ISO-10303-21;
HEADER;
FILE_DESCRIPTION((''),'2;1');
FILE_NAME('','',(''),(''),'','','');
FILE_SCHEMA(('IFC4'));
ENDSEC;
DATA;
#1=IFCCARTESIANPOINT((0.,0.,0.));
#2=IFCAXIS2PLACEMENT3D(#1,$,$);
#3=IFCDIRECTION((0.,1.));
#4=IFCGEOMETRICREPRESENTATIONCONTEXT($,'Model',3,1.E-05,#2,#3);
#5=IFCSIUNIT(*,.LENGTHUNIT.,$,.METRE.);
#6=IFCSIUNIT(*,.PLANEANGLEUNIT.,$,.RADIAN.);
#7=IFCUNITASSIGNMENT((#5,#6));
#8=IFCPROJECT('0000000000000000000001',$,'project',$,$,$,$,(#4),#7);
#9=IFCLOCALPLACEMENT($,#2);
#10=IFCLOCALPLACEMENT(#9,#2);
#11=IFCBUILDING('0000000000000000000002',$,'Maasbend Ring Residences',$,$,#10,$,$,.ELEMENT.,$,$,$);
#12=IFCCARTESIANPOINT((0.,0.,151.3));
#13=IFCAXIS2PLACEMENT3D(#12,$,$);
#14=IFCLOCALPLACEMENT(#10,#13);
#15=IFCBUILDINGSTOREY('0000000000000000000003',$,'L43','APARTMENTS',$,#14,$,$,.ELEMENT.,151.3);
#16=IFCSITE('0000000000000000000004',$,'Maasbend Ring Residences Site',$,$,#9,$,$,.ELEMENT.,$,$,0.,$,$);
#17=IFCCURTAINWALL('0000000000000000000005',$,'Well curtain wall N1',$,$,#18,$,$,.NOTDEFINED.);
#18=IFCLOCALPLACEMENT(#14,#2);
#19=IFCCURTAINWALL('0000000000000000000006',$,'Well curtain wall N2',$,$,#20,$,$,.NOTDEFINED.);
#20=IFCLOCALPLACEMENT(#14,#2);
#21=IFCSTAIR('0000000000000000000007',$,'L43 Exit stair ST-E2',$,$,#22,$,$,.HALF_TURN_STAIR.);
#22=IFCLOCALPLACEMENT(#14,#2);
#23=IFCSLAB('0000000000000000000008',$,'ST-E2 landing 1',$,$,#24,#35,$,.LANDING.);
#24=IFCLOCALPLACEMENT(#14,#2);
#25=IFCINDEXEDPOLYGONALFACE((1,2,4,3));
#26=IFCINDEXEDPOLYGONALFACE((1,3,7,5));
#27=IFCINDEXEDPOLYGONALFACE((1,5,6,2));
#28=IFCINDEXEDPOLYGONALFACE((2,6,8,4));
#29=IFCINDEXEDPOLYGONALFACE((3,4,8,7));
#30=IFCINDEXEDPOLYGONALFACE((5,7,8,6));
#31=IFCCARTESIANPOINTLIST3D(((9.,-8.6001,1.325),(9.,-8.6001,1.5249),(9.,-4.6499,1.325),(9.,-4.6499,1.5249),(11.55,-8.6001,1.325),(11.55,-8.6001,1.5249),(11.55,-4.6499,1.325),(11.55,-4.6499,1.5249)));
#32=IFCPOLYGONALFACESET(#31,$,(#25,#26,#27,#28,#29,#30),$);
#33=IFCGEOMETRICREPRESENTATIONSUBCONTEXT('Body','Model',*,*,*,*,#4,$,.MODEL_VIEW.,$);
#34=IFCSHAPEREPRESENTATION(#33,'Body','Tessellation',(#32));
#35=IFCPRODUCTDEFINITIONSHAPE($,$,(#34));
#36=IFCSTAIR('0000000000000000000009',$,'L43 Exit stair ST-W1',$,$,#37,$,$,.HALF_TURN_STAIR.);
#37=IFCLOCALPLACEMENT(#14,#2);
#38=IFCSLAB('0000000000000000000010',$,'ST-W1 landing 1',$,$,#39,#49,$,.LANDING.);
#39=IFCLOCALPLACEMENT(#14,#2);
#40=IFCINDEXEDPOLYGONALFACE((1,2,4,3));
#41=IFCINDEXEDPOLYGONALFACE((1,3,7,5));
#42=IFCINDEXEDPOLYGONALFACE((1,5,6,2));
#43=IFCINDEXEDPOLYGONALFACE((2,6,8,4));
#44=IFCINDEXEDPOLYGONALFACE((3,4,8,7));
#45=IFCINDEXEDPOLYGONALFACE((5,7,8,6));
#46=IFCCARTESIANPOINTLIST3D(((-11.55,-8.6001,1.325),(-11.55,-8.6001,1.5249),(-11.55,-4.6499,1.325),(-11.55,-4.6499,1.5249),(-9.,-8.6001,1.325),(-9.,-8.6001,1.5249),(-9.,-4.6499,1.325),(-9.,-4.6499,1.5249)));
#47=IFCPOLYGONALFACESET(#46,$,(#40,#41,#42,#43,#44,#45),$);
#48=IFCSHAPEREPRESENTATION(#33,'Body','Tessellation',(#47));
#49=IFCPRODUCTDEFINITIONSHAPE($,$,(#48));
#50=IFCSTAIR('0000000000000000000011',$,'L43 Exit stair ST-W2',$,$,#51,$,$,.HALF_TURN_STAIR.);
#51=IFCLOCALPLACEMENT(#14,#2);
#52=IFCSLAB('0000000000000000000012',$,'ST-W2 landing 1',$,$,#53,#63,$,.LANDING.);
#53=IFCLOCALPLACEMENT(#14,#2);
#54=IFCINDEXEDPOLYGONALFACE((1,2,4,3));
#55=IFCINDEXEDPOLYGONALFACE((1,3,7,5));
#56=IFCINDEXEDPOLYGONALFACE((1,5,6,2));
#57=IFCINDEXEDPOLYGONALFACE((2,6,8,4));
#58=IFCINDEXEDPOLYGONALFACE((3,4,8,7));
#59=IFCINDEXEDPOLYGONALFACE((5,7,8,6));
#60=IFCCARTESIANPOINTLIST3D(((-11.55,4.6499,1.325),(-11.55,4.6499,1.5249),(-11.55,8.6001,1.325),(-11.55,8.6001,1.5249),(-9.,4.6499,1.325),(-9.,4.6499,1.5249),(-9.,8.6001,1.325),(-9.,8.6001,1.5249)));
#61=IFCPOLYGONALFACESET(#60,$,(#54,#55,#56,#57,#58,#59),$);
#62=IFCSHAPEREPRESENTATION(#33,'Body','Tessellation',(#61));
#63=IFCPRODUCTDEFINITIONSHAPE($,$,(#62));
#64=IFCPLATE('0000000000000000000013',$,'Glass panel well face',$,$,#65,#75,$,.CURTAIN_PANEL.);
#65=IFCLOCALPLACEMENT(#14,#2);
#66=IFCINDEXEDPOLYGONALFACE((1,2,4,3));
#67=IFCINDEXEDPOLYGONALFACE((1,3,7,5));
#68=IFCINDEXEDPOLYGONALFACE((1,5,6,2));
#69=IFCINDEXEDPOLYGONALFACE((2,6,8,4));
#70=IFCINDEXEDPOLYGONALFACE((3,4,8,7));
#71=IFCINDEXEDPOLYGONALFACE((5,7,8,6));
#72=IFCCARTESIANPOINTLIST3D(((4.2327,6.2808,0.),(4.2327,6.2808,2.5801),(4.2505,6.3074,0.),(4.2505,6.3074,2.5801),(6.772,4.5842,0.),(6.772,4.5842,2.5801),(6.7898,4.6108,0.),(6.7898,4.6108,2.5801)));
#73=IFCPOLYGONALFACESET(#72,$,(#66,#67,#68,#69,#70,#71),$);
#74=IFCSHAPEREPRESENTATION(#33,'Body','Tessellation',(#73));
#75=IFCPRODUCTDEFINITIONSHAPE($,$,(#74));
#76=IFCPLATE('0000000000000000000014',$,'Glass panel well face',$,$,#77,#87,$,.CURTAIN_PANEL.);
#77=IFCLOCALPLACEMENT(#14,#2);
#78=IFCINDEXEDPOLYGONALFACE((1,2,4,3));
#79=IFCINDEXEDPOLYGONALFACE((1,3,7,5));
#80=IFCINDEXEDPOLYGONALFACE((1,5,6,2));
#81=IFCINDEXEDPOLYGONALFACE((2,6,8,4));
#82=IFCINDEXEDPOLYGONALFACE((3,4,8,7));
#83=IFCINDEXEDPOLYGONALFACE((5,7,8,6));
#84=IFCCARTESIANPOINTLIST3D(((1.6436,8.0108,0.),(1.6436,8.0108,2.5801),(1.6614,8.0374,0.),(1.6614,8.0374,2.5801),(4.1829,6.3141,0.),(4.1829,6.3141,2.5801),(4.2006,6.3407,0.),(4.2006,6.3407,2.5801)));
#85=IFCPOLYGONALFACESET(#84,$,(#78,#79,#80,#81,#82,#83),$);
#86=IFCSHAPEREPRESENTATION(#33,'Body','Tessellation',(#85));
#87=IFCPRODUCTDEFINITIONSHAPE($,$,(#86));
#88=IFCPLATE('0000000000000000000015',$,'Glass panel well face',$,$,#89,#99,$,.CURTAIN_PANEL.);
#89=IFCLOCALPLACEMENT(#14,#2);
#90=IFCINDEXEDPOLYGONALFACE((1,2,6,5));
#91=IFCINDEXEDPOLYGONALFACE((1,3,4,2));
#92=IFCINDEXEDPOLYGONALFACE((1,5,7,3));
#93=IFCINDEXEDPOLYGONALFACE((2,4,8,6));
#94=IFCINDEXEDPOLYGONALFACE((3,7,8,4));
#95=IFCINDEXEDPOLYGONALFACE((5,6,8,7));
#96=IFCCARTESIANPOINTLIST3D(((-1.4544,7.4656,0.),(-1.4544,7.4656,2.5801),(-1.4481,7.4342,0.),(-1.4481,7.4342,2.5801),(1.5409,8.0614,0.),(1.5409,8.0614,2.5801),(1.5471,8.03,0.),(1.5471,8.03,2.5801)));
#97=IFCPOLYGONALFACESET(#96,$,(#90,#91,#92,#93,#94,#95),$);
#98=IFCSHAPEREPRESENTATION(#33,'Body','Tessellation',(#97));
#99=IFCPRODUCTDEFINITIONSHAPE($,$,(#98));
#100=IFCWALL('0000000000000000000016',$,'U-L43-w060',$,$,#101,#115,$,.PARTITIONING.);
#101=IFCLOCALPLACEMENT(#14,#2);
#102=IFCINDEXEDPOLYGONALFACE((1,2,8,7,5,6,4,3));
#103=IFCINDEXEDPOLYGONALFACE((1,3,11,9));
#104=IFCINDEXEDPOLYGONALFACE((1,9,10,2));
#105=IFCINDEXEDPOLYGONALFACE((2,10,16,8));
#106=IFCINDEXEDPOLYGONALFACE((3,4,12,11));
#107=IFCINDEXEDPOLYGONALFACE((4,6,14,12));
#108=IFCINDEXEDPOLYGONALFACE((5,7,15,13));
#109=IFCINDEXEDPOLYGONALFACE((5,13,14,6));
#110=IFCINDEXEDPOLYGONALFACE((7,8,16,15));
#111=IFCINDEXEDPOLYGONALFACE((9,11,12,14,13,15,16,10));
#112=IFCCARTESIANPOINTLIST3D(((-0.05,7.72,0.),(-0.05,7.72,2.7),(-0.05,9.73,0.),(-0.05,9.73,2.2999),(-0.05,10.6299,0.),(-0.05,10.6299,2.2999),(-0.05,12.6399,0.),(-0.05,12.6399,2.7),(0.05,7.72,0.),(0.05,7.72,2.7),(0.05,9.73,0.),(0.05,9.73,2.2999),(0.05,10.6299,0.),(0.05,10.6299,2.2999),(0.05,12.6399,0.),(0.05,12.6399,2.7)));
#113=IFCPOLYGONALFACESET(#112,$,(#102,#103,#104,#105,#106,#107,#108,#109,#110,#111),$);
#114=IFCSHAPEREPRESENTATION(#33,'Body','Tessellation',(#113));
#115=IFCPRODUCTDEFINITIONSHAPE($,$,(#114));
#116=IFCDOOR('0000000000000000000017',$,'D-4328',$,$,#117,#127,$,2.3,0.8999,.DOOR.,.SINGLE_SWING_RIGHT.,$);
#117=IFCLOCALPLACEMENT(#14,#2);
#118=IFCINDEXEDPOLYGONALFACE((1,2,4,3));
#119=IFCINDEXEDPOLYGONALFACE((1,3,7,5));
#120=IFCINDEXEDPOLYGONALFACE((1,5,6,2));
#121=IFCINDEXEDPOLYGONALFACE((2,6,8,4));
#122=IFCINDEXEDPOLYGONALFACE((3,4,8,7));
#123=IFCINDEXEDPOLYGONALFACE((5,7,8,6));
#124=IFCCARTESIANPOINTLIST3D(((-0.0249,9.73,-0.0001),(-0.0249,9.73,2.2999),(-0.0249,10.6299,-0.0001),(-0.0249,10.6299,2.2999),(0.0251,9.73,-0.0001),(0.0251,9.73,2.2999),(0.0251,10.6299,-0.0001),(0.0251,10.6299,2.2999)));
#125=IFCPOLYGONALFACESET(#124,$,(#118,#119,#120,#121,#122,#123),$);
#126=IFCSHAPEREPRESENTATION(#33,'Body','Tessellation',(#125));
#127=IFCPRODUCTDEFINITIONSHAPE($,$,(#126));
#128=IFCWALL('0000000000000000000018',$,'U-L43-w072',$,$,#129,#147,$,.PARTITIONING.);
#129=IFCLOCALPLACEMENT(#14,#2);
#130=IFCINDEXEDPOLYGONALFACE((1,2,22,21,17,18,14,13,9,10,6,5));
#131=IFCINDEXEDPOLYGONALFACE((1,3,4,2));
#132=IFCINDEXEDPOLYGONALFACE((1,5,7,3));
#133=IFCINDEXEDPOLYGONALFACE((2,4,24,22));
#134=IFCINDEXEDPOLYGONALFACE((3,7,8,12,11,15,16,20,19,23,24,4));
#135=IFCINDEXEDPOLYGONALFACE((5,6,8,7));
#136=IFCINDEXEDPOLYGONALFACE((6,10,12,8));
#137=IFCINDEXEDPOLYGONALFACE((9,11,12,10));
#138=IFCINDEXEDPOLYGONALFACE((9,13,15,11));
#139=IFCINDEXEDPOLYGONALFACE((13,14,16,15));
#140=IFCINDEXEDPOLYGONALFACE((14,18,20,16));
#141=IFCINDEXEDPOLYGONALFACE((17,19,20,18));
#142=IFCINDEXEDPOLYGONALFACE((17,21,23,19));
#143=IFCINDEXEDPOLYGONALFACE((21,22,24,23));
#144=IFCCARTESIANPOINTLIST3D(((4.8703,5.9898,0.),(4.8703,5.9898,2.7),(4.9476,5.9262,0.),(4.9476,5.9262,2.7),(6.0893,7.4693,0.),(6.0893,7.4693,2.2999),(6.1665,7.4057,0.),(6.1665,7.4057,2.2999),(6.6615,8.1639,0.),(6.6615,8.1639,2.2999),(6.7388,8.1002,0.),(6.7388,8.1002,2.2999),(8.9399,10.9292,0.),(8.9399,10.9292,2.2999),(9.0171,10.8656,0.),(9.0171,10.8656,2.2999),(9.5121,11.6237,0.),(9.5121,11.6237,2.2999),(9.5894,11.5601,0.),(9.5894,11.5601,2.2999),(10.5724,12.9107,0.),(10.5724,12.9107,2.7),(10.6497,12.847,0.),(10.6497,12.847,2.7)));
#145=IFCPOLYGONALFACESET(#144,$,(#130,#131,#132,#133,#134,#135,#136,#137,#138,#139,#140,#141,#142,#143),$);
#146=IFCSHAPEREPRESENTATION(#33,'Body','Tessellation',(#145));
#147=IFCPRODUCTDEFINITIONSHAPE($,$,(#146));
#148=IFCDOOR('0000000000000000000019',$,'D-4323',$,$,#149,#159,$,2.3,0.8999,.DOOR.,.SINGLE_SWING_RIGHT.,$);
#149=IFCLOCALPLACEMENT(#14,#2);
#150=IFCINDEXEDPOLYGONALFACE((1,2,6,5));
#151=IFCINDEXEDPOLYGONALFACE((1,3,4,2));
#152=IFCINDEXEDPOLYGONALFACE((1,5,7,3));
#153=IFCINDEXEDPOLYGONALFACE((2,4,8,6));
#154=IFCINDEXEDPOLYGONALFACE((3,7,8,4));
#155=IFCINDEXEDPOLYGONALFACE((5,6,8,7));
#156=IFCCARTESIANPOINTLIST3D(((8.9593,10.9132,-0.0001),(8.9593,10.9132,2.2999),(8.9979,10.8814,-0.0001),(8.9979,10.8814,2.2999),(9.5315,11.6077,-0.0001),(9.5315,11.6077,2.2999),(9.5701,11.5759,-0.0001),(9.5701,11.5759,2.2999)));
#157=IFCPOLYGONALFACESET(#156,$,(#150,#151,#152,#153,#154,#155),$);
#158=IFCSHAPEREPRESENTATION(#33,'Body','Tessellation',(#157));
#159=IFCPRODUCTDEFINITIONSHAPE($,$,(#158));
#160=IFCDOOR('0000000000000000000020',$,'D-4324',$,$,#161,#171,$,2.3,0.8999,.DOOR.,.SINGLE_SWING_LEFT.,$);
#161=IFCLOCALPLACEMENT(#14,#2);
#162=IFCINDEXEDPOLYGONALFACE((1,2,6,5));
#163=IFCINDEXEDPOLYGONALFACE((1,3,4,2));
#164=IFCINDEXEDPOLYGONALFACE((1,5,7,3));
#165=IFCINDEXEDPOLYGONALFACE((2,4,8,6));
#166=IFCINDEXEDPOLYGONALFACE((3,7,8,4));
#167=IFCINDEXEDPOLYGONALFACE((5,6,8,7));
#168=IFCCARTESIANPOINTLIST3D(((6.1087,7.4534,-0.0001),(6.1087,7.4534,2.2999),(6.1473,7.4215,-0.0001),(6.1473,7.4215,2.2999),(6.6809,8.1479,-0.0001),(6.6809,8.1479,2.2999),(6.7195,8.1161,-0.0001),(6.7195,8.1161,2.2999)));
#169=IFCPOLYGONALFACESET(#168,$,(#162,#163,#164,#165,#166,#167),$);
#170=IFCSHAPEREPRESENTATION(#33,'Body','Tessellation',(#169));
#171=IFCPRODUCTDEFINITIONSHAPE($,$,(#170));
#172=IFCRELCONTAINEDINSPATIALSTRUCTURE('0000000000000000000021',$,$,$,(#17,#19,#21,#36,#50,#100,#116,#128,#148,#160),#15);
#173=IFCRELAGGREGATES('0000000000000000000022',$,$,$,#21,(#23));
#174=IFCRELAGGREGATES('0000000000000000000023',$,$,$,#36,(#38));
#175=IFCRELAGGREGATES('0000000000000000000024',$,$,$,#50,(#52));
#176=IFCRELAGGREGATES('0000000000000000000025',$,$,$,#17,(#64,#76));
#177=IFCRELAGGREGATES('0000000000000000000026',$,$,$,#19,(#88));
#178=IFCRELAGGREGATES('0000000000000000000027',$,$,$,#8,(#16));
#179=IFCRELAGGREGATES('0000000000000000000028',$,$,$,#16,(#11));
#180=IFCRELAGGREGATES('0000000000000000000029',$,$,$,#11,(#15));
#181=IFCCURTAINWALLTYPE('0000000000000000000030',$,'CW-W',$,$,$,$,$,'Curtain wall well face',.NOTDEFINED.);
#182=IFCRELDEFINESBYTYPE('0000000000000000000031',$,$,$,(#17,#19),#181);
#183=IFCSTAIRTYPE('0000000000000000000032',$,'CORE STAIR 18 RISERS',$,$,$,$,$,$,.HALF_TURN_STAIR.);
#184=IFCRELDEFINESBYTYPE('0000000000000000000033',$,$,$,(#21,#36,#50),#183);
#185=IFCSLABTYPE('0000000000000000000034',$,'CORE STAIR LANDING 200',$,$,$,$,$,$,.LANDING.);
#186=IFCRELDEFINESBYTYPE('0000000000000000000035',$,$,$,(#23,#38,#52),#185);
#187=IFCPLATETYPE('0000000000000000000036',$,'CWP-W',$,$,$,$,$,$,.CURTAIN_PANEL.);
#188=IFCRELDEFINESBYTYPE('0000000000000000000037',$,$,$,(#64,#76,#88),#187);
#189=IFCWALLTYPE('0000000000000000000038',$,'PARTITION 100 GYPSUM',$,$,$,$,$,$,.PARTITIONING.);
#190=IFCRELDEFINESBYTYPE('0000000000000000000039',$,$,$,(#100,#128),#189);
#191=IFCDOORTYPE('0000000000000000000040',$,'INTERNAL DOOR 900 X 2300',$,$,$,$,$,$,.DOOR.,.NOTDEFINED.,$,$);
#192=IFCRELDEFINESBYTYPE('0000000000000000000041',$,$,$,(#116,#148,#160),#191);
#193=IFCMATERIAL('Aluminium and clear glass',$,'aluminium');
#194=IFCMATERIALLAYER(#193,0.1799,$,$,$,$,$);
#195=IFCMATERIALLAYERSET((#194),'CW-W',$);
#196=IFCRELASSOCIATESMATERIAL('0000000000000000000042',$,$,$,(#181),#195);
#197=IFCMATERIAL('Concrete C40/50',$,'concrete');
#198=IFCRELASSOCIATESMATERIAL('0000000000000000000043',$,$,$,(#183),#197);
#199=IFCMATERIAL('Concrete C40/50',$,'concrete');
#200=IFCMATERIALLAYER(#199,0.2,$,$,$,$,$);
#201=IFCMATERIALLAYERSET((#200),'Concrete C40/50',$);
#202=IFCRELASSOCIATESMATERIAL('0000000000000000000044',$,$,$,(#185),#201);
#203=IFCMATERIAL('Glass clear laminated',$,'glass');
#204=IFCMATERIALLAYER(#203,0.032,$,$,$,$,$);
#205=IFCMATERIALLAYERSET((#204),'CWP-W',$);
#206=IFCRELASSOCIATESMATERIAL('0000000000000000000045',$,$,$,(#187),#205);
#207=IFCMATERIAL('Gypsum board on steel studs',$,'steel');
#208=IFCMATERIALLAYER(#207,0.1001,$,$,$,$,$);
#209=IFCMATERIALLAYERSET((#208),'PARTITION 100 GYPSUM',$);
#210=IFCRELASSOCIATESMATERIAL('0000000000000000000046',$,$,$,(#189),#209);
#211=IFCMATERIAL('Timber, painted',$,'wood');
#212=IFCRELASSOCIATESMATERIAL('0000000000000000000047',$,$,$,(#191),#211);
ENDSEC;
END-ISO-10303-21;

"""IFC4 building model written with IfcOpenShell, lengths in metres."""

from ifc_helpers import new_model, si_unit, direction, frame, frame_2d, origin, origin_2d, place, context, subcontext, project, spatial, polyline, rectangle, outline, extrude, material, layer, layer_set, type_object, element, fill, aggregate, save


model = new_model("IFC4")

# Units and contexts
model_context = context("Model", 3, precision=1e-05, world=origin(), true_north=direction((0.0, 1.0)))
body_context = subcontext(model_context, "Body", "Model", "MODEL_VIEW")
ifc_project = project(units=[si_unit("LENGTHUNIT", "METRE"), si_unit("PLANEANGLEUNIT", "RADIAN")], contexts=[model_context])

# Site, building, storey
site_placement = place(None, origin())
site = spatial("IfcSite", under=ifc_project, at=site_placement, Name="Maasbend Ring Residences Site", CompositionType="ELEMENT", RefElevation=0.0)
building_placement = place(site_placement, origin())
building = spatial("IfcBuilding", under=site, at=building_placement, Name="Maasbend Ring Residences", CompositionType="ELEMENT")
storey_placement = place(building_placement, frame((0.0, 0.0, 151.3)))
storey = spatial("IfcBuildingStorey", under=building, at=storey_placement, Name="L43", Description="APARTMENTS", CompositionType="ELEMENT", Elevation=151.3)

# Curtain wall
ifc_material_1 = material(Name="Aluminium and clear glass", Category="aluminium")
ifc_layer_1 = layer(ifc_material_1, 0.1799)
ifc_layer_set_1 = layer_set([ifc_layer_1], Name="CW-W")
curtain_wall_type = type_object("IfcCurtainWallType", Name="CW-W", ElementType="Curtain wall well face", PredefinedType="NOTDEFINED", material=ifc_layer_set_1)
curtain_wall_1_placement = place(storey_placement, origin())
curtain_wall_1 = element("IfcCurtainWall", 1, at=curtain_wall_1_placement, inside=storey, type_object=curtain_wall_type, Name="Well curtain wall N1", PredefinedType="NOTDEFINED")

# Curtain wall
curtain_wall_2_placement = place(storey_placement, origin())
curtain_wall_2 = element("IfcCurtainWall", 2, at=curtain_wall_2_placement, inside=storey, type_object=curtain_wall_type, Name="Well curtain wall N2", PredefinedType="NOTDEFINED")

# Stairs, slabs
ifc_material_2 = material(Name="Concrete C40/50", Category="concrete")
stair_type = type_object("IfcStairType", Name="CORE STAIR 18 RISERS", PredefinedType="HALF_TURN_STAIR", material=ifc_material_2)
ifc_material_3 = material(Name="Concrete C40/50", Category="concrete")
ifc_layer_2 = layer(ifc_material_3, 0.2)
ifc_layer_set_2 = layer_set([ifc_layer_2], Name="Concrete C40/50")
slab_type = type_object("IfcSlabType", Name="CORE STAIR LANDING 200", PredefinedType="LANDING", material=ifc_layer_set_2)
stair_1_placement = place(storey_placement, origin())
stair_1 = element("IfcStair", 3, at=stair_1_placement, inside=storey, type_object=stair_type, Name="L43 Exit stair ST-E2", PredefinedType="HALF_TURN_STAIR")
slab_1_placement = place(storey_placement, frame((0.0, 0.0, 1.325)))
slab_1 = element("IfcSlab", 4, at=slab_1_placement, type_object=slab_type, Name="ST-E2 landing 1", PredefinedType="LANDING", context=body_context, shape_type="SweptSolid", body=[
    extrude(outline(polyline([(11.55, -4.6499), (9.0, -4.6499), (9.0, -8.6001), (11.55, -8.6001), (11.55, -4.6499)])), origin(), (0.0, 0.0, 1.0), 0.2),
])
aggregate(stair_1, [slab_1])
stair_2_placement = place(storey_placement, origin())
stair_2 = element("IfcStair", 5, at=stair_2_placement, inside=storey, type_object=stair_type, Name="L43 Exit stair ST-W1", PredefinedType="HALF_TURN_STAIR")
slab_2_placement = place(storey_placement, frame((0.0, 0.0, 1.325)))
slab_2 = element("IfcSlab", 6, at=slab_2_placement, type_object=slab_type, Name="ST-W1 landing 1", PredefinedType="LANDING", context=body_context, shape_type="SweptSolid", body=[
    extrude(outline(polyline([(-11.55, -8.6001), (-9.0, -8.6001), (-9.0, -4.6499), (-11.55, -4.6499), (-11.55, -8.6001)])), origin(), (0.0, 0.0, 1.0), 0.2),
])
aggregate(stair_2, [slab_2])
stair_3_placement = place(storey_placement, origin())
stair_3 = element("IfcStair", 7, at=stair_3_placement, inside=storey, type_object=stair_type, Name="L43 Exit stair ST-W2", PredefinedType="HALF_TURN_STAIR")
slab_3_placement = place(storey_placement, frame((0.0, 0.0, 1.325)))
slab_3 = element("IfcSlab", 8, at=slab_3_placement, type_object=slab_type, Name="ST-W2 landing 1", PredefinedType="LANDING", context=body_context, shape_type="SweptSolid", body=[
    extrude(outline(polyline([(-11.55, 4.6499), (-9.0, 4.6499), (-9.0, 8.6001), (-11.55, 8.6001), (-11.55, 4.6499)])), origin(), (0.0, 0.0, 1.0), 0.2),
])
aggregate(stair_3, [slab_3])

# Plates
ifc_material_4 = material(Name="Glass clear laminated", Category="glass")
ifc_layer_3 = layer(ifc_material_4, 0.032)
ifc_layer_set_3 = layer_set([ifc_layer_3], Name="CWP-W")
plate_type = type_object("IfcPlateType", Name="CWP-W", PredefinedType="CURTAIN_PANEL", material=ifc_layer_set_3)
plate_1_placement = place(storey_placement, frame((5.5112, 5.4458, 0.0), z_axis=(0.0, 0.0, 1.0), x_axis=(-0.83147, 0.55557, 0.0)))
plate_1 = element("IfcPlate", 9, at=plate_1_placement, type_object=plate_type, Name="Glass panel well face", PredefinedType="CURTAIN_PANEL", context=body_context, shape_type="SweptSolid", body=[
    extrude(rectangle(XDim=3.054, YDim=0.032, at=origin_2d()), origin(), (0.0, 0.0, 1.0), 2.5801),
])
plate_2_placement = place(storey_placement, frame((2.9221, 7.1758, 0.0), z_axis=(0.0, 0.0, 1.0), x_axis=(-0.83147, 0.55557, 0.0)))
plate_2 = element("IfcPlate", 10, at=plate_2_placement, type_object=plate_type, Name="Glass panel well face", PredefinedType="CURTAIN_PANEL", context=body_context, shape_type="SweptSolid", body=[
    extrude(rectangle(XDim=3.054, YDim=0.032, at=origin_2d()), origin(), (0.0, 0.0, 1.0), 2.5801),
])
aggregate(curtain_wall_1, [plate_1, plate_2])
plate_3_placement = place(storey_placement, frame((0.0464, 7.7478, 0.0), z_axis=(0.0, 0.0, 1.0), x_axis=(-0.980785, -0.19509, 0.0)))
plate_3 = element("IfcPlate", 11, at=plate_3_placement, type_object=plate_type, Name="Glass panel well face", PredefinedType="CURTAIN_PANEL", context=body_context, shape_type="SweptSolid", body=[
    extrude(rectangle(XDim=3.054, YDim=0.032, at=origin_2d()), origin(), (0.0, 0.0, 1.0), 2.5801),
])
aggregate(curtain_wall_2, [plate_3])

# Wall, opening, door
ifc_material_5 = material(Name="Gypsum board on steel studs", Category="steel")
ifc_layer_4 = layer(ifc_material_5, 0.1001)
ifc_layer_set_4 = layer_set([ifc_layer_4], Name="PARTITION 100 GYPSUM")
wall_type_1 = type_object("IfcWallType", Name="PARTITION 100 GYPSUM", PredefinedType="PARTITIONING", material=ifc_layer_set_4)
wall_1_placement = place(storey_placement, frame((0.0, 7.72, 0.0), z_axis=(0.0, 0.0, 1.0), x_axis=(0.0, 1.0, 0.0)))
wall_1 = element("IfcWall", 12, at=wall_1_placement, inside=storey, type_object=wall_type_1, Name="U-L43-w060", PredefinedType="PARTITIONING", context=body_context, shape_type="SweptSolid", body=[
    extrude(rectangle(XDim=4.9199, YDim=0.1001, at=frame_2d((2.46, 0.0))), origin(), (0.0, 0.0, 1.0), 2.7),
])
opening_1_placement = place(wall_1_placement, frame((2.01, 0.0, 0.0)))
opening_1 = element("IfcOpeningElement", 13, at=opening_1_placement, cuts=wall_1, PredefinedType="OPENING", context=body_context, shape_type="SweptSolid", body=[
    extrude(rectangle(XDim=0.8999, YDim=2.3, at=frame_2d((0.45, 1.1499))), frame((0.0, 0.0601, 0.0), z_axis=(0.0, -1.0, 0.0), x_axis=(1.0, 0.0, 0.0)), (0.0, 0.0, 1.0), 0.1201),
])
ifc_material_6 = material(Name="Timber, painted", Category="wood")
door_type = type_object("IfcDoorType", Name="INTERNAL DOOR 900 X 2300", OperationType="NOTDEFINED", PredefinedType="DOOR", material=ifc_material_6)
door_1_placement = place(opening_1_placement, origin())
door_1 = element("IfcDoor", 14, at=door_1_placement, inside=storey, type_object=door_type, Name="D-4328", OperationType="SINGLE_SWING_RIGHT", OverallHeight=2.3, OverallWidth=0.8999, PredefinedType="DOOR", context=body_context, shape_type="SweptSolid", body=[
    extrude(rectangle(XDim=0.8999, YDim=2.3, at=frame_2d((0.45, 1.1499))), frame((0.0, 0.0249, 0.0), z_axis=(0.0, -1.0, 0.0), x_axis=(1.0, 0.0, 0.0)), (0.0, 0.0, 1.0), 0.05),
])
fill(opening_1, door_1)

# Wall, openings, doors
wall_2_placement = place(storey_placement, frame((4.9089, 5.958, 0.0), z_axis=(0.0, 0.0, 1.0), x_axis=(0.635879, 0.771789, 0.0)))
wall_2 = element("IfcWall", 15, at=wall_2_placement, inside=storey, type_object=wall_type_1, Name="U-L43-w072", PredefinedType="PARTITIONING", context=body_context, shape_type="SweptSolid", body=[
    extrude(rectangle(XDim=8.9673, YDim=0.1001, at=frame_2d((4.4836, 0.0))), origin(), (0.0, 0.0, 1.0), 2.7),
])
opening_2_placement = place(wall_2_placement, frame((6.3999, 0.0, 0.0)))
opening_2 = element("IfcOpeningElement", 16, at=opening_2_placement, cuts=wall_2, PredefinedType="OPENING", context=body_context, shape_type="SweptSolid", body=[
    extrude(rectangle(XDim=0.8999, YDim=2.3, at=frame_2d((0.45, 1.1499))), frame((0.0, 0.0601, 0.0), z_axis=(0.0, -1.0, 0.0), x_axis=(1.0, 0.0, 0.0)), (0.0, 0.0, 1.0), 0.1201),
])
opening_3_placement = place(wall_2_placement, frame((1.917, 0.0, 0.0)))
opening_3 = element("IfcOpeningElement", 17, at=opening_3_placement, cuts=wall_2, PredefinedType="OPENING", context=body_context, shape_type="SweptSolid", body=[
    extrude(rectangle(XDim=0.8999, YDim=2.3, at=frame_2d((0.45, 1.1499))), frame((0.0, 0.0601, 0.0), z_axis=(0.0, -1.0, 0.0), x_axis=(1.0, 0.0, 0.0)), (0.0, 0.0, 1.0), 0.1201),
])
door_2_placement = place(opening_2_placement, origin())
door_2 = element("IfcDoor", 18, at=door_2_placement, inside=storey, type_object=door_type, Name="D-4323", OperationType="SINGLE_SWING_RIGHT", OverallHeight=2.3, OverallWidth=0.8999, PredefinedType="DOOR", context=body_context, shape_type="SweptSolid", body=[
    extrude(rectangle(XDim=0.8999, YDim=2.3, at=frame_2d((0.45, 1.1499))), frame((0.0, 0.0249, 0.0), z_axis=(0.0, -1.0, 0.0), x_axis=(1.0, 0.0, 0.0)), (0.0, 0.0, 1.0), 0.05),
])
fill(opening_2, door_2)
door_3_placement = place(opening_3_placement, origin())
door_3 = element("IfcDoor", 19, at=door_3_placement, inside=storey, type_object=door_type, Name="D-4324", OperationType="SINGLE_SWING_LEFT", OverallHeight=2.3, OverallWidth=0.8999, PredefinedType="DOOR", context=body_context, shape_type="SweptSolid", body=[
    extrude(rectangle(XDim=0.8999, YDim=2.3, at=frame_2d((0.45, 1.1499))), frame((0.0, 0.0249, 0.0), z_axis=(0.0, -1.0, 0.0), x_axis=(1.0, 0.0, 0.0)), (0.0, 0.0, 1.0), 0.05),
])
fill(opening_3, door_3)

save(model, "model.ifc")
